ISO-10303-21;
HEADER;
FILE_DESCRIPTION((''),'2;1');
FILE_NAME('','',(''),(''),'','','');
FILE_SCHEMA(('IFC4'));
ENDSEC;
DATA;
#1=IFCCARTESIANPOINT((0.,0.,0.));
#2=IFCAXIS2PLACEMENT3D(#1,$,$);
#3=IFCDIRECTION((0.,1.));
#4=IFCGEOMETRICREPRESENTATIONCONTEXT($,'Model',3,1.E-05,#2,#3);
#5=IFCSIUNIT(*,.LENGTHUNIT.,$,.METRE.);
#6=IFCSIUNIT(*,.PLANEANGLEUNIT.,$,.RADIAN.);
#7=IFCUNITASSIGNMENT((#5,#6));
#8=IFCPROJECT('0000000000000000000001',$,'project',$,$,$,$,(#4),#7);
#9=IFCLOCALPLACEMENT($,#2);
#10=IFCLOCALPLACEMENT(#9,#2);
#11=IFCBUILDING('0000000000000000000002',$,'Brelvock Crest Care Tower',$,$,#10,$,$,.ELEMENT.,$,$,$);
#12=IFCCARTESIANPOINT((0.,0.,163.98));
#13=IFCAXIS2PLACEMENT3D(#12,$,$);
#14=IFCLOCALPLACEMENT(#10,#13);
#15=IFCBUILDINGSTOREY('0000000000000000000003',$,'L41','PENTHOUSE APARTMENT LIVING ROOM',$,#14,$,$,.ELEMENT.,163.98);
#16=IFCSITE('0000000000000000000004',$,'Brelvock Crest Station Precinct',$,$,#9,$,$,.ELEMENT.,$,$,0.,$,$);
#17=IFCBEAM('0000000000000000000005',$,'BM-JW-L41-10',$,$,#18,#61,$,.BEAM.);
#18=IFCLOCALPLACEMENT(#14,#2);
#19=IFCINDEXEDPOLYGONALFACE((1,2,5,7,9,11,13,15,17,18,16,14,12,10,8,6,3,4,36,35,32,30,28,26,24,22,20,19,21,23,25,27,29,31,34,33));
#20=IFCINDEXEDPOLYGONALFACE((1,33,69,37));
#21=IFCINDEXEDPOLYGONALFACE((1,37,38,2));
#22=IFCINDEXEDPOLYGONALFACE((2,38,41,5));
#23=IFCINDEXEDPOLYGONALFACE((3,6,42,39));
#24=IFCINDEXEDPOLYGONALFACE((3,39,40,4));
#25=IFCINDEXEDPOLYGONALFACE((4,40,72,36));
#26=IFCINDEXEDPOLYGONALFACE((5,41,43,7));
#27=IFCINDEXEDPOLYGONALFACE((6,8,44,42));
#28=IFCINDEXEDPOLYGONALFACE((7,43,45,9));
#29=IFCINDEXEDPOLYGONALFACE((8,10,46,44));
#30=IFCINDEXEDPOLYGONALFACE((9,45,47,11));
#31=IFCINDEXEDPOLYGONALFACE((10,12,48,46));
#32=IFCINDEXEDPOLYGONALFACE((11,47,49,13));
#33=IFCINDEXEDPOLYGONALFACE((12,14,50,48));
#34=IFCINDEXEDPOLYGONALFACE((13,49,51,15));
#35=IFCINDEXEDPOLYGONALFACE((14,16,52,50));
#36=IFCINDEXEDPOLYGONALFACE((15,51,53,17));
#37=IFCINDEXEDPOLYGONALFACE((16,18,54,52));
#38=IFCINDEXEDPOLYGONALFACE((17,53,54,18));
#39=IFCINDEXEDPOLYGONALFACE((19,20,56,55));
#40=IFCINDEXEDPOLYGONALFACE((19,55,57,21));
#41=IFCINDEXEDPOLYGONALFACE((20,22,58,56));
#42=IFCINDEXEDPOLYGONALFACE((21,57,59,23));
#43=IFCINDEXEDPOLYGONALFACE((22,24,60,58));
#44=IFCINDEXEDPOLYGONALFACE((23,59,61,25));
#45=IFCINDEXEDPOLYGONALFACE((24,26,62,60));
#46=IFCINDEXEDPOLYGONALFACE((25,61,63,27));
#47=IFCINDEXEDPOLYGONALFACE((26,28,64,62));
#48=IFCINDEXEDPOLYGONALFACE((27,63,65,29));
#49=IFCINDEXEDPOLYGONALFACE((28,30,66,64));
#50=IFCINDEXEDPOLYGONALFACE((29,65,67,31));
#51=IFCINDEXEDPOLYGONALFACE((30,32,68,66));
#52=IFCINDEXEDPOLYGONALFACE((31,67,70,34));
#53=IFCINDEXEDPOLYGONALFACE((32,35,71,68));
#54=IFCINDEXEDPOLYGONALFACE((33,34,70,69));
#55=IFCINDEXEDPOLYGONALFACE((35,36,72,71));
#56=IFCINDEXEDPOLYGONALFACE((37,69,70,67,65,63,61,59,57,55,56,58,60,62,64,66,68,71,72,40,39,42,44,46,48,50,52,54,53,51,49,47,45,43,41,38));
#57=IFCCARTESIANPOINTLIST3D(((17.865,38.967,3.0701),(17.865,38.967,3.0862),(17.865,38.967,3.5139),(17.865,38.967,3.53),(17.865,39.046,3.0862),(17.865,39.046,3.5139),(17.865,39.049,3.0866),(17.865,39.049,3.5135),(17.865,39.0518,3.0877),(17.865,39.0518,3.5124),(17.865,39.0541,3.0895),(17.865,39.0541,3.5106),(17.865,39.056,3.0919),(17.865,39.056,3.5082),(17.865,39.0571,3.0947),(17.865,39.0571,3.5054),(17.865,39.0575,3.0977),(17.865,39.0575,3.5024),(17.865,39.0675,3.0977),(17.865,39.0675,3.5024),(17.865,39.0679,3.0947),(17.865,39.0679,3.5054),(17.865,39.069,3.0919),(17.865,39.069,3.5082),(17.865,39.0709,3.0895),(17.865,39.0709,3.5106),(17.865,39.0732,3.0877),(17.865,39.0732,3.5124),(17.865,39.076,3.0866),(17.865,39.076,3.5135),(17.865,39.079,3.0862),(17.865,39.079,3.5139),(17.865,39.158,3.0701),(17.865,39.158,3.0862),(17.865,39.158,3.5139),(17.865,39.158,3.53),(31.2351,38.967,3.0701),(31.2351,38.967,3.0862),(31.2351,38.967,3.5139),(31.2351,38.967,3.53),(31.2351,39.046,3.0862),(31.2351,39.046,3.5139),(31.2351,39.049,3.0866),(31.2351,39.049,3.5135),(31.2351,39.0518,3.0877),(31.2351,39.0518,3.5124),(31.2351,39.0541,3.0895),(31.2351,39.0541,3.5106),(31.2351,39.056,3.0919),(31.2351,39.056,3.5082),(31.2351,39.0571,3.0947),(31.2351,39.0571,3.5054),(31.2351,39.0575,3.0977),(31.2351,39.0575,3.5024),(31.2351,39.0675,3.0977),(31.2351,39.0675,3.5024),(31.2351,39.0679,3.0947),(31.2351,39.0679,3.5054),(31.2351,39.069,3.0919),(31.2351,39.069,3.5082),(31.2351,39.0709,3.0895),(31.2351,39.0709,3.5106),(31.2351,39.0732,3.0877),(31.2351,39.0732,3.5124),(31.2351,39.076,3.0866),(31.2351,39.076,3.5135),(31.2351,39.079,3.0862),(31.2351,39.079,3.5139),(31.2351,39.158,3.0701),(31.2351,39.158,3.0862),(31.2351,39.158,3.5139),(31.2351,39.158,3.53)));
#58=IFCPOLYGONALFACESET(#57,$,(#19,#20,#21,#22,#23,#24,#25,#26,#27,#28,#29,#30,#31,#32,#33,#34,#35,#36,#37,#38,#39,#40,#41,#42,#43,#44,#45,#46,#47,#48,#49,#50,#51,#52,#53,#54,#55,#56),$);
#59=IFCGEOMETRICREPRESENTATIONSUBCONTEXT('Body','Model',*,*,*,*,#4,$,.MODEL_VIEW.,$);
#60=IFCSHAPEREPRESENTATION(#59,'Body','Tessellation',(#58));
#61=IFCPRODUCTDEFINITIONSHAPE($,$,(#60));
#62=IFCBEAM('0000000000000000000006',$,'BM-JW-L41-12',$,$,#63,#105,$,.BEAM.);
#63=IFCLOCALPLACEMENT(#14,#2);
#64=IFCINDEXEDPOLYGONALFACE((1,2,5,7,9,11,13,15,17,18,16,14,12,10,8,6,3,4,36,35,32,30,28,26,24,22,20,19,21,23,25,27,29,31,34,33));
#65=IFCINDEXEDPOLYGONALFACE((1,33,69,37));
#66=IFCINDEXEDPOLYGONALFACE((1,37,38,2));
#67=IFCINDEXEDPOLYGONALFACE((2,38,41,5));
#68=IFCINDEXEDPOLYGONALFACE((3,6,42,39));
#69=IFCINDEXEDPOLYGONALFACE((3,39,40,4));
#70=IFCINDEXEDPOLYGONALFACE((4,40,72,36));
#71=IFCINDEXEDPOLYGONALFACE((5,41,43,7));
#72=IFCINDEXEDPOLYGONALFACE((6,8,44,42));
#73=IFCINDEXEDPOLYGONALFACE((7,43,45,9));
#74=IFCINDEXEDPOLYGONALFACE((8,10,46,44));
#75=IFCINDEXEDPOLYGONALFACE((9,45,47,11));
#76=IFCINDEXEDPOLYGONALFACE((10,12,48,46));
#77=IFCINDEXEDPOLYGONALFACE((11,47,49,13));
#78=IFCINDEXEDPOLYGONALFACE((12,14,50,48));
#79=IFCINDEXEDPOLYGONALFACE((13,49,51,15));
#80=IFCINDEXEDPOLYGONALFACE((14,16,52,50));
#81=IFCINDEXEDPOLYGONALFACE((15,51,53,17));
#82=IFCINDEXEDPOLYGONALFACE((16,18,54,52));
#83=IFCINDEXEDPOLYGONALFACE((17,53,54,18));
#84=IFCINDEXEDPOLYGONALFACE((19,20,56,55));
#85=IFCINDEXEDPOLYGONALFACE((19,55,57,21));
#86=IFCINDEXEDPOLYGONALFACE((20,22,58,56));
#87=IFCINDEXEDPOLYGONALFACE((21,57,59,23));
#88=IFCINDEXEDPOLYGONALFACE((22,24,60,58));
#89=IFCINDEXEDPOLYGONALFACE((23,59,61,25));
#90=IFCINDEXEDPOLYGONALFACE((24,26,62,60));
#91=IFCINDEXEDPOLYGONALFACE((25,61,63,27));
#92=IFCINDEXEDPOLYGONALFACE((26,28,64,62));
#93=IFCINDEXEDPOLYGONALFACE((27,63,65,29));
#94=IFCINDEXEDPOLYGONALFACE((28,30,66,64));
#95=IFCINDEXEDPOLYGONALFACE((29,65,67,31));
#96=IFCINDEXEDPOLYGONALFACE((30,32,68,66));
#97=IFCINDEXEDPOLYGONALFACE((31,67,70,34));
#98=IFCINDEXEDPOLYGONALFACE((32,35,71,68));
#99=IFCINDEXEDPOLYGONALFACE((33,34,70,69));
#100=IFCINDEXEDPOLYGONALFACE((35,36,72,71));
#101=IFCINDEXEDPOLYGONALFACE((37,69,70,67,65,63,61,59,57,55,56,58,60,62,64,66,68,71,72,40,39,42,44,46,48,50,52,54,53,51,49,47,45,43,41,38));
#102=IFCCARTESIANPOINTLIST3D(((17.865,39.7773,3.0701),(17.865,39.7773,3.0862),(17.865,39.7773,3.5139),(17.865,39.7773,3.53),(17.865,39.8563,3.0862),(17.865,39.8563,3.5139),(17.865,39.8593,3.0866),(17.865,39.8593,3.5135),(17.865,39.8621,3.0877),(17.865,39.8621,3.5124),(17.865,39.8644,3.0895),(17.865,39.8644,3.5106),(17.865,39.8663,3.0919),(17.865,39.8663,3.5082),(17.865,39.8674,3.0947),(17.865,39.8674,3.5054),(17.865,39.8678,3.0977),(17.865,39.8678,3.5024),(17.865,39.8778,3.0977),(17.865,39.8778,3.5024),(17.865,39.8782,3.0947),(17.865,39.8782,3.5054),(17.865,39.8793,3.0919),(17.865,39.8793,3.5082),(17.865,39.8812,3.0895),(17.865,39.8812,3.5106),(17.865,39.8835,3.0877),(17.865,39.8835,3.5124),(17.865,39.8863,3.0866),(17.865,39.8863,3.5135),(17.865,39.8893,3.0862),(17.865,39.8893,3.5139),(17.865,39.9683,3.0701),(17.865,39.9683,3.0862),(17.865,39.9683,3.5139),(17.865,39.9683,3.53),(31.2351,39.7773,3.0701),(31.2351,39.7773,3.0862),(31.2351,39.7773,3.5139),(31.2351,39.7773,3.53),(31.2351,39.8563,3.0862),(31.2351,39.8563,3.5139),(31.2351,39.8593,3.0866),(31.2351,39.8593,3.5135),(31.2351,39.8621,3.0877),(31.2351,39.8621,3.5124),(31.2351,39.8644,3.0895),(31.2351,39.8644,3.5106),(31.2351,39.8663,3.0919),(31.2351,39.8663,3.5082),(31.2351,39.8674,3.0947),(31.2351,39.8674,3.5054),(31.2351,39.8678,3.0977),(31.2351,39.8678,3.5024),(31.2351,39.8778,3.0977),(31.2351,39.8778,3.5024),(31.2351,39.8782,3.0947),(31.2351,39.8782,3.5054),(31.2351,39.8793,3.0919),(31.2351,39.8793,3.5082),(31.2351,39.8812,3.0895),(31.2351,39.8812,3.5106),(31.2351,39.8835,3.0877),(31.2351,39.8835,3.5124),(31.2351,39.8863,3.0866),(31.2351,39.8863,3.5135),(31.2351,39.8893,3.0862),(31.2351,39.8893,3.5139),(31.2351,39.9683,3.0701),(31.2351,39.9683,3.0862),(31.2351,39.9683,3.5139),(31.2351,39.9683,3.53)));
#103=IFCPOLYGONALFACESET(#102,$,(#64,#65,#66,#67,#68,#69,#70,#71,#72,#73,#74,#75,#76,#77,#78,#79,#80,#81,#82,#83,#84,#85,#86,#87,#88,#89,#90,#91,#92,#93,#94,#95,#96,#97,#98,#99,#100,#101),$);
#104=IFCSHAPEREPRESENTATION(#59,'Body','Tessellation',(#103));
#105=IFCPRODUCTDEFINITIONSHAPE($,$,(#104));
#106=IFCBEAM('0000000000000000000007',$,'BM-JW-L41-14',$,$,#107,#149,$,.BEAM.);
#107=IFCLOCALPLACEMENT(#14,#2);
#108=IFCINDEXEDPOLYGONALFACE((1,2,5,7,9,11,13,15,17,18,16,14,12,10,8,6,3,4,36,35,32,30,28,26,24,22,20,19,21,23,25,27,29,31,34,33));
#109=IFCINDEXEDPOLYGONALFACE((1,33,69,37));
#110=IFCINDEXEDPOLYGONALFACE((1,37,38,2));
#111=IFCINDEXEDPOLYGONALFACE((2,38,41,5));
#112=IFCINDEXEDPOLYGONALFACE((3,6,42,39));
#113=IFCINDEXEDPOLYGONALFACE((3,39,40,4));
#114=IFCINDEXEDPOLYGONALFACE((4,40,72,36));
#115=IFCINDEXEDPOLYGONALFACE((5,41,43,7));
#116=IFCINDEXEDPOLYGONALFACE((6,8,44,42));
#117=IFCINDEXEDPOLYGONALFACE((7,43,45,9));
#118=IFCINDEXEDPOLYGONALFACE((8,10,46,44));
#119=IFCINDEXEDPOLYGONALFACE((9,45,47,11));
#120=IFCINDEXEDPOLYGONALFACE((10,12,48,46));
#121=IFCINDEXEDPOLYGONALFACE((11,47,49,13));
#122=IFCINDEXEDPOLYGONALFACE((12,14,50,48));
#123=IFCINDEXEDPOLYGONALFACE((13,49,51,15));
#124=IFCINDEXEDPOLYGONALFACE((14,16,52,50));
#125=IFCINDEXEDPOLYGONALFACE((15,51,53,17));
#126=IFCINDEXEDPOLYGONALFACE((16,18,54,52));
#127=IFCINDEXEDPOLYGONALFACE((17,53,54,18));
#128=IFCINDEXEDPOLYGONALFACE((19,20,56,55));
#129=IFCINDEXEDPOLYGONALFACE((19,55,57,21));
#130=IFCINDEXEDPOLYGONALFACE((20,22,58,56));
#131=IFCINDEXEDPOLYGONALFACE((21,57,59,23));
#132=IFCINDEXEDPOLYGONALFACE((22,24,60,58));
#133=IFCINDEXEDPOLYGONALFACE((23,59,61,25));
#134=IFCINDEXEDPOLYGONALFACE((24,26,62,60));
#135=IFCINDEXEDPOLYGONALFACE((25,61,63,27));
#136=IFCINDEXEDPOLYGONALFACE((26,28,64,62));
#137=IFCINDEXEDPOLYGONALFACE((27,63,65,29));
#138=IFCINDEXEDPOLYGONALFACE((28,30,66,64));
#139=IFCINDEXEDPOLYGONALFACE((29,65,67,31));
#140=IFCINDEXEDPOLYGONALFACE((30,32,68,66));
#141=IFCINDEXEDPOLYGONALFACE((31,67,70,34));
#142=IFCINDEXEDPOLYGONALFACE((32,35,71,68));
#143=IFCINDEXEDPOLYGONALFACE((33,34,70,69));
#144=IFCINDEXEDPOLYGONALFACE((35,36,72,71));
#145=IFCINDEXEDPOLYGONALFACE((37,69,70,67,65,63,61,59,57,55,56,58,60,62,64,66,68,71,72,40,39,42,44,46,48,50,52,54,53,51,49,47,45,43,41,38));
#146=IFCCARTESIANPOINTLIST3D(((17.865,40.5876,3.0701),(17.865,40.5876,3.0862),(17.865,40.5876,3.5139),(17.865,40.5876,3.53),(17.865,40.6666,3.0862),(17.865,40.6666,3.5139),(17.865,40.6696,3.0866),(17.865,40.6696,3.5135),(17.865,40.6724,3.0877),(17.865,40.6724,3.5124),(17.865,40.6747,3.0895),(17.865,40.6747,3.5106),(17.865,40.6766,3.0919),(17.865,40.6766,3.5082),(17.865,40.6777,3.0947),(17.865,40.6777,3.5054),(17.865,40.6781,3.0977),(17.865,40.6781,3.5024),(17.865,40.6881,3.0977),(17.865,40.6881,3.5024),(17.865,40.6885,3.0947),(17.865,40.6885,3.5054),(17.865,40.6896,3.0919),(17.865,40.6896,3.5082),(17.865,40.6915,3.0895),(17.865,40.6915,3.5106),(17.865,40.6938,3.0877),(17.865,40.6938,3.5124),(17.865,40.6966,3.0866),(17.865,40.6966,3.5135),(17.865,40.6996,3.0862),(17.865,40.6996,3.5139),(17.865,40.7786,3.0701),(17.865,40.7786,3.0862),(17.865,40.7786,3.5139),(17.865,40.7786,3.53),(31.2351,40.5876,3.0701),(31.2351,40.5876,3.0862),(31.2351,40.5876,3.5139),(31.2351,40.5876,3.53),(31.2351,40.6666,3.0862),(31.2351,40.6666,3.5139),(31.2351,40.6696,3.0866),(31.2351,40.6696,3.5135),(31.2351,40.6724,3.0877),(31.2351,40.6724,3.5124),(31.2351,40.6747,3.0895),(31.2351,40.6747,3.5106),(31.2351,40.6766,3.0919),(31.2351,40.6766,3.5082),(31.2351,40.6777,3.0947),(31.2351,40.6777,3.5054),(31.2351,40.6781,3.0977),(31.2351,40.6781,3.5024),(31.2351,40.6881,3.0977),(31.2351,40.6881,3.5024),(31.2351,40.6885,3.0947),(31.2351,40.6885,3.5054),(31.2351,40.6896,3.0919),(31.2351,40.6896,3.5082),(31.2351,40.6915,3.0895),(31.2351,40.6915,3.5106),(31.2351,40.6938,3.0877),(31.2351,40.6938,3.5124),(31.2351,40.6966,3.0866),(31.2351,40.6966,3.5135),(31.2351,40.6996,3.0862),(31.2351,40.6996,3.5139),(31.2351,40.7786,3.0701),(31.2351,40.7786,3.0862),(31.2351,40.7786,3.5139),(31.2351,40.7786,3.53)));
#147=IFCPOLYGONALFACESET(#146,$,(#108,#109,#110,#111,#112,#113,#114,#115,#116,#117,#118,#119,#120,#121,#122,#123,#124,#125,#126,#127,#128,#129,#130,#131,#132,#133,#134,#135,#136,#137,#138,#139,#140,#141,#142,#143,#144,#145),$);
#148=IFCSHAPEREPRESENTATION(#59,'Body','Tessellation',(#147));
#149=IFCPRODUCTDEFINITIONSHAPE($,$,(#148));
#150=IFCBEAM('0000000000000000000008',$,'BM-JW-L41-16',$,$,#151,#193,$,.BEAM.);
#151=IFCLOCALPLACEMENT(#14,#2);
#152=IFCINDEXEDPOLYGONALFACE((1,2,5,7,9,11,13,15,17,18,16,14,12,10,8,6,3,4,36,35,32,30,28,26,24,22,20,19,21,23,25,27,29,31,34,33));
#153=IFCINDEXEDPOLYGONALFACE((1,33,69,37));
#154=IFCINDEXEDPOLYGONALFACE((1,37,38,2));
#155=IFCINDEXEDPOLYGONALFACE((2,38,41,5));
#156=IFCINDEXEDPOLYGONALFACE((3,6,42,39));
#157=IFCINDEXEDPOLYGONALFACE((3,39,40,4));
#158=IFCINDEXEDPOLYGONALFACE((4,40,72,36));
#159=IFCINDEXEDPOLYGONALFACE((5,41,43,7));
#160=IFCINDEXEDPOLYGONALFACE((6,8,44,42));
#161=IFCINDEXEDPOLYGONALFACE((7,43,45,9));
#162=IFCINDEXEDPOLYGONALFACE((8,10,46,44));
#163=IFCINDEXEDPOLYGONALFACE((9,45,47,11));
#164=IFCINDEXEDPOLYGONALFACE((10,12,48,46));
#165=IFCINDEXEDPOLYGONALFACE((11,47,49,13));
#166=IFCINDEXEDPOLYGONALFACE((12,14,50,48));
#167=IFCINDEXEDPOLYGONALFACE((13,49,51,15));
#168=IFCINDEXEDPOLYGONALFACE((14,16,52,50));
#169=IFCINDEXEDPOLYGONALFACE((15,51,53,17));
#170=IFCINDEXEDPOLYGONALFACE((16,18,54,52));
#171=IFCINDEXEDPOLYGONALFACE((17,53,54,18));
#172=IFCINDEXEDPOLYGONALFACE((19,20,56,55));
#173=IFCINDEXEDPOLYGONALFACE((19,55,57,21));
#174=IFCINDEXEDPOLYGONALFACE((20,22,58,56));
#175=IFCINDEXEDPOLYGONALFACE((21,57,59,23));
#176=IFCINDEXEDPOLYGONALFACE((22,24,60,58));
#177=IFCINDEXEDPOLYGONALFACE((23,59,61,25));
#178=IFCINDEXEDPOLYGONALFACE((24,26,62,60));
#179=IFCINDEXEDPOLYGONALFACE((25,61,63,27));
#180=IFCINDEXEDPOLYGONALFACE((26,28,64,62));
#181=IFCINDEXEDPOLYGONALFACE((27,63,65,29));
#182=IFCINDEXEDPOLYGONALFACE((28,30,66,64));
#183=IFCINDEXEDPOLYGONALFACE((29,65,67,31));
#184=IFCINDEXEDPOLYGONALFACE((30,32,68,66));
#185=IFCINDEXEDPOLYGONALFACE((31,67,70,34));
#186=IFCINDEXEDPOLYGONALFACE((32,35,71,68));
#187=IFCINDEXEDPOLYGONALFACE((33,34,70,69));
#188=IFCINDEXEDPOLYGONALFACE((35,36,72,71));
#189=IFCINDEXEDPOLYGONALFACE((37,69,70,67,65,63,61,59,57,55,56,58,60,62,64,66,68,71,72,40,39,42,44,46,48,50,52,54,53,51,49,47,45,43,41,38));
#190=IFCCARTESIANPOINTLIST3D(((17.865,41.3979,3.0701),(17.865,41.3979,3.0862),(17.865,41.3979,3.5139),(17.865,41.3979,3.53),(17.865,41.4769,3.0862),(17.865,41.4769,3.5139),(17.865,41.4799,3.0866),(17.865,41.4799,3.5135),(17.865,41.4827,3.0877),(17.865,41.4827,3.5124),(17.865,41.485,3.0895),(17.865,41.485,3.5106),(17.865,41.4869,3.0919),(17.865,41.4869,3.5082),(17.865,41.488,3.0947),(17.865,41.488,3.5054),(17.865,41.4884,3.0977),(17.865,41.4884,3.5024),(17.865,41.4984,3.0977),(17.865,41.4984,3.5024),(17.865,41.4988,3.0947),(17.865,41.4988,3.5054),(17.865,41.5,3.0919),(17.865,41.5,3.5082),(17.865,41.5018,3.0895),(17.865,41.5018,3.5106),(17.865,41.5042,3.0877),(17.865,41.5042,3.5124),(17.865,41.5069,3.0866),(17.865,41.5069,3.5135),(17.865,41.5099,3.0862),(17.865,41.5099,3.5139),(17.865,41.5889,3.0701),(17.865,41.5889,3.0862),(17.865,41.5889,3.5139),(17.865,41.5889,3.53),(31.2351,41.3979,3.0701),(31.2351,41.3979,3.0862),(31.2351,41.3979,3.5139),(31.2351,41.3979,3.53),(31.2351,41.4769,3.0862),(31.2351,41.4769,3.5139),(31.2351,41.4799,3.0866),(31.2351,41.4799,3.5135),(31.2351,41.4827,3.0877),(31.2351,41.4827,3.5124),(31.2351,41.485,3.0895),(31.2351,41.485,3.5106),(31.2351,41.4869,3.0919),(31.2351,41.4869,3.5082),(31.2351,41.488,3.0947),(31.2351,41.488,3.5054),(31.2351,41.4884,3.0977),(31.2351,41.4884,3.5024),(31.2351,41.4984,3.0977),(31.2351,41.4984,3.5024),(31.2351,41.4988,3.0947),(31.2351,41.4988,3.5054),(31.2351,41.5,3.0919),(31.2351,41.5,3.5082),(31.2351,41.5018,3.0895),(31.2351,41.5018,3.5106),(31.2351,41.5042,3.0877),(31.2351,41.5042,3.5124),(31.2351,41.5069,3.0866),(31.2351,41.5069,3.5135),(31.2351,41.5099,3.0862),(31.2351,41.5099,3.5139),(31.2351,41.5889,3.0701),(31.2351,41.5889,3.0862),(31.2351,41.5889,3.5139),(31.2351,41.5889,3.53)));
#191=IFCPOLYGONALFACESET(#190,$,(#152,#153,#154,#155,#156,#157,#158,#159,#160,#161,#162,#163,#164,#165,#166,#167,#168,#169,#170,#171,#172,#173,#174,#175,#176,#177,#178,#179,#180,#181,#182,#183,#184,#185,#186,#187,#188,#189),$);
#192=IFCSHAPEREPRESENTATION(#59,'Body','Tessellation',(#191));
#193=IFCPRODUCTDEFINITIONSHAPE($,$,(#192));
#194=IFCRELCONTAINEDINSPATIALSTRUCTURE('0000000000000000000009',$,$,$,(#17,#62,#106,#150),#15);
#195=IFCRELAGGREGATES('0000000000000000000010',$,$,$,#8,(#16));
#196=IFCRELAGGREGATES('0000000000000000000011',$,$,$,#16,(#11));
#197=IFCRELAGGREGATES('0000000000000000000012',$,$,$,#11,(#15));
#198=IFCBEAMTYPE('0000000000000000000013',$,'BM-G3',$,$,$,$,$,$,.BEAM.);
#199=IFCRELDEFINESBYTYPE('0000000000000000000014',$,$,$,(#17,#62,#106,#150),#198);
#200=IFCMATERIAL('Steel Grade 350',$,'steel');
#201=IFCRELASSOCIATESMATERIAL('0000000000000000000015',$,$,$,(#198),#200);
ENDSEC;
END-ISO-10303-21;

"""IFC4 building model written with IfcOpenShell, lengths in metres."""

from ifc_helpers import new_model, si_unit, direction, frame, origin, origin_2d, place, context, subcontext, project, spatial, i_section, extrude, source, transform, mapped, material, material_profile, profile_set, type_object, element, save


model = new_model("IFC4")

# Units and contexts
model_context = context("Model", 3, precision=1e-05, world=origin(), true_north=direction((0.0, 1.0)))
body_context = subcontext(model_context, "Body", "Model", "MODEL_VIEW")
ifc_project = project(units=[si_unit("LENGTHUNIT", "METRE"), si_unit("PLANEANGLEUNIT", "RADIAN")], contexts=[model_context])

# Site, building, storey
site_placement = place(None, origin())
site = spatial("IfcSite", under=ifc_project, at=site_placement, Name="Brelvock Crest Station Precinct", CompositionType="ELEMENT", RefElevation=0.0)
building_placement = place(site_placement, origin())
building = spatial("IfcBuilding", under=site, at=building_placement, Name="Brelvock Crest Care Tower", CompositionType="ELEMENT")
storey_placement = place(building_placement, frame((0.0, 0.0, 163.98)))
storey = spatial("IfcBuildingStorey", under=building, at=storey_placement, Name="L41", Description="PENTHOUSE APARTMENT LIVING ROOM", CompositionType="ELEMENT", Elevation=163.98)

# Shared definitions
ifc_material_1 = material(Name="Steel Grade 350", Category="steel")

# Beams
ifc_material_profile_1 = material_profile(ifc_material_1, i_section(OverallWidth=0.1909, OverallDepth=0.46, WebThickness=0.01, FlangeThickness=0.0161, FilletRadius=0.0115, at=origin_2d()), Name="460UB82.1")
ifc_profile_set_1 = profile_set([ifc_material_profile_1], Name="Steel Grade 350")
beam_type_1 = type_object("IfcBeamType", Name="BM-G3", PredefinedType="BEAM", material=ifc_profile_set_1)
shared_shape_1 = source(origin(), body_context, "Body", "SweptSolid", [
    extrude(i_section(OverallWidth=0.1909, OverallDepth=0.46, WebThickness=0.01, FlangeThickness=0.0161, FilletRadius=0.0115, at=origin_2d()), origin(), (0.0, 0.0, 1.0), 13.3701),
])
for number, where, z_axis, x_axis, name in (
    (1, (17.865, 39.0625, 3.3), (1.0, 0.0, 0.0), (0.0, 1.0, 0.0), "BM-JW-L41-10"),
    (2, (17.865, 39.8728, 3.3), (1.0, 0.0, 0.0), (0.0, 1.0, 0.0), "BM-JW-L41-12"),
    (3, (17.865, 40.6831, 3.3), (1.0, 0.0, 0.0), (0.0, 1.0, 0.0), "BM-JW-L41-14"),
    (4, (17.865, 41.4934, 3.3), (1.0, 0.0, 0.0), (0.0, 1.0, 0.0), "BM-JW-L41-16"),
):
    element("IfcBeam", number, at=place(storey_placement, frame(where, z_axis=z_axis, x_axis=x_axis)), inside=storey, type_object=beam_type_1, Name=name, PredefinedType="BEAM", context=body_context, shape_type="MappedRepresentation", body=[
        mapped(shared_shape_1, transform((0.0, 0.0, 0.0), x_axis=(1.0, 0.0, 0.0), y_axis=(0.0, 1.0, 0.0), z_axis=(0.0, 0.0, 1.0), scale=1.0)),
    ])

save(model, "model.ifc")
